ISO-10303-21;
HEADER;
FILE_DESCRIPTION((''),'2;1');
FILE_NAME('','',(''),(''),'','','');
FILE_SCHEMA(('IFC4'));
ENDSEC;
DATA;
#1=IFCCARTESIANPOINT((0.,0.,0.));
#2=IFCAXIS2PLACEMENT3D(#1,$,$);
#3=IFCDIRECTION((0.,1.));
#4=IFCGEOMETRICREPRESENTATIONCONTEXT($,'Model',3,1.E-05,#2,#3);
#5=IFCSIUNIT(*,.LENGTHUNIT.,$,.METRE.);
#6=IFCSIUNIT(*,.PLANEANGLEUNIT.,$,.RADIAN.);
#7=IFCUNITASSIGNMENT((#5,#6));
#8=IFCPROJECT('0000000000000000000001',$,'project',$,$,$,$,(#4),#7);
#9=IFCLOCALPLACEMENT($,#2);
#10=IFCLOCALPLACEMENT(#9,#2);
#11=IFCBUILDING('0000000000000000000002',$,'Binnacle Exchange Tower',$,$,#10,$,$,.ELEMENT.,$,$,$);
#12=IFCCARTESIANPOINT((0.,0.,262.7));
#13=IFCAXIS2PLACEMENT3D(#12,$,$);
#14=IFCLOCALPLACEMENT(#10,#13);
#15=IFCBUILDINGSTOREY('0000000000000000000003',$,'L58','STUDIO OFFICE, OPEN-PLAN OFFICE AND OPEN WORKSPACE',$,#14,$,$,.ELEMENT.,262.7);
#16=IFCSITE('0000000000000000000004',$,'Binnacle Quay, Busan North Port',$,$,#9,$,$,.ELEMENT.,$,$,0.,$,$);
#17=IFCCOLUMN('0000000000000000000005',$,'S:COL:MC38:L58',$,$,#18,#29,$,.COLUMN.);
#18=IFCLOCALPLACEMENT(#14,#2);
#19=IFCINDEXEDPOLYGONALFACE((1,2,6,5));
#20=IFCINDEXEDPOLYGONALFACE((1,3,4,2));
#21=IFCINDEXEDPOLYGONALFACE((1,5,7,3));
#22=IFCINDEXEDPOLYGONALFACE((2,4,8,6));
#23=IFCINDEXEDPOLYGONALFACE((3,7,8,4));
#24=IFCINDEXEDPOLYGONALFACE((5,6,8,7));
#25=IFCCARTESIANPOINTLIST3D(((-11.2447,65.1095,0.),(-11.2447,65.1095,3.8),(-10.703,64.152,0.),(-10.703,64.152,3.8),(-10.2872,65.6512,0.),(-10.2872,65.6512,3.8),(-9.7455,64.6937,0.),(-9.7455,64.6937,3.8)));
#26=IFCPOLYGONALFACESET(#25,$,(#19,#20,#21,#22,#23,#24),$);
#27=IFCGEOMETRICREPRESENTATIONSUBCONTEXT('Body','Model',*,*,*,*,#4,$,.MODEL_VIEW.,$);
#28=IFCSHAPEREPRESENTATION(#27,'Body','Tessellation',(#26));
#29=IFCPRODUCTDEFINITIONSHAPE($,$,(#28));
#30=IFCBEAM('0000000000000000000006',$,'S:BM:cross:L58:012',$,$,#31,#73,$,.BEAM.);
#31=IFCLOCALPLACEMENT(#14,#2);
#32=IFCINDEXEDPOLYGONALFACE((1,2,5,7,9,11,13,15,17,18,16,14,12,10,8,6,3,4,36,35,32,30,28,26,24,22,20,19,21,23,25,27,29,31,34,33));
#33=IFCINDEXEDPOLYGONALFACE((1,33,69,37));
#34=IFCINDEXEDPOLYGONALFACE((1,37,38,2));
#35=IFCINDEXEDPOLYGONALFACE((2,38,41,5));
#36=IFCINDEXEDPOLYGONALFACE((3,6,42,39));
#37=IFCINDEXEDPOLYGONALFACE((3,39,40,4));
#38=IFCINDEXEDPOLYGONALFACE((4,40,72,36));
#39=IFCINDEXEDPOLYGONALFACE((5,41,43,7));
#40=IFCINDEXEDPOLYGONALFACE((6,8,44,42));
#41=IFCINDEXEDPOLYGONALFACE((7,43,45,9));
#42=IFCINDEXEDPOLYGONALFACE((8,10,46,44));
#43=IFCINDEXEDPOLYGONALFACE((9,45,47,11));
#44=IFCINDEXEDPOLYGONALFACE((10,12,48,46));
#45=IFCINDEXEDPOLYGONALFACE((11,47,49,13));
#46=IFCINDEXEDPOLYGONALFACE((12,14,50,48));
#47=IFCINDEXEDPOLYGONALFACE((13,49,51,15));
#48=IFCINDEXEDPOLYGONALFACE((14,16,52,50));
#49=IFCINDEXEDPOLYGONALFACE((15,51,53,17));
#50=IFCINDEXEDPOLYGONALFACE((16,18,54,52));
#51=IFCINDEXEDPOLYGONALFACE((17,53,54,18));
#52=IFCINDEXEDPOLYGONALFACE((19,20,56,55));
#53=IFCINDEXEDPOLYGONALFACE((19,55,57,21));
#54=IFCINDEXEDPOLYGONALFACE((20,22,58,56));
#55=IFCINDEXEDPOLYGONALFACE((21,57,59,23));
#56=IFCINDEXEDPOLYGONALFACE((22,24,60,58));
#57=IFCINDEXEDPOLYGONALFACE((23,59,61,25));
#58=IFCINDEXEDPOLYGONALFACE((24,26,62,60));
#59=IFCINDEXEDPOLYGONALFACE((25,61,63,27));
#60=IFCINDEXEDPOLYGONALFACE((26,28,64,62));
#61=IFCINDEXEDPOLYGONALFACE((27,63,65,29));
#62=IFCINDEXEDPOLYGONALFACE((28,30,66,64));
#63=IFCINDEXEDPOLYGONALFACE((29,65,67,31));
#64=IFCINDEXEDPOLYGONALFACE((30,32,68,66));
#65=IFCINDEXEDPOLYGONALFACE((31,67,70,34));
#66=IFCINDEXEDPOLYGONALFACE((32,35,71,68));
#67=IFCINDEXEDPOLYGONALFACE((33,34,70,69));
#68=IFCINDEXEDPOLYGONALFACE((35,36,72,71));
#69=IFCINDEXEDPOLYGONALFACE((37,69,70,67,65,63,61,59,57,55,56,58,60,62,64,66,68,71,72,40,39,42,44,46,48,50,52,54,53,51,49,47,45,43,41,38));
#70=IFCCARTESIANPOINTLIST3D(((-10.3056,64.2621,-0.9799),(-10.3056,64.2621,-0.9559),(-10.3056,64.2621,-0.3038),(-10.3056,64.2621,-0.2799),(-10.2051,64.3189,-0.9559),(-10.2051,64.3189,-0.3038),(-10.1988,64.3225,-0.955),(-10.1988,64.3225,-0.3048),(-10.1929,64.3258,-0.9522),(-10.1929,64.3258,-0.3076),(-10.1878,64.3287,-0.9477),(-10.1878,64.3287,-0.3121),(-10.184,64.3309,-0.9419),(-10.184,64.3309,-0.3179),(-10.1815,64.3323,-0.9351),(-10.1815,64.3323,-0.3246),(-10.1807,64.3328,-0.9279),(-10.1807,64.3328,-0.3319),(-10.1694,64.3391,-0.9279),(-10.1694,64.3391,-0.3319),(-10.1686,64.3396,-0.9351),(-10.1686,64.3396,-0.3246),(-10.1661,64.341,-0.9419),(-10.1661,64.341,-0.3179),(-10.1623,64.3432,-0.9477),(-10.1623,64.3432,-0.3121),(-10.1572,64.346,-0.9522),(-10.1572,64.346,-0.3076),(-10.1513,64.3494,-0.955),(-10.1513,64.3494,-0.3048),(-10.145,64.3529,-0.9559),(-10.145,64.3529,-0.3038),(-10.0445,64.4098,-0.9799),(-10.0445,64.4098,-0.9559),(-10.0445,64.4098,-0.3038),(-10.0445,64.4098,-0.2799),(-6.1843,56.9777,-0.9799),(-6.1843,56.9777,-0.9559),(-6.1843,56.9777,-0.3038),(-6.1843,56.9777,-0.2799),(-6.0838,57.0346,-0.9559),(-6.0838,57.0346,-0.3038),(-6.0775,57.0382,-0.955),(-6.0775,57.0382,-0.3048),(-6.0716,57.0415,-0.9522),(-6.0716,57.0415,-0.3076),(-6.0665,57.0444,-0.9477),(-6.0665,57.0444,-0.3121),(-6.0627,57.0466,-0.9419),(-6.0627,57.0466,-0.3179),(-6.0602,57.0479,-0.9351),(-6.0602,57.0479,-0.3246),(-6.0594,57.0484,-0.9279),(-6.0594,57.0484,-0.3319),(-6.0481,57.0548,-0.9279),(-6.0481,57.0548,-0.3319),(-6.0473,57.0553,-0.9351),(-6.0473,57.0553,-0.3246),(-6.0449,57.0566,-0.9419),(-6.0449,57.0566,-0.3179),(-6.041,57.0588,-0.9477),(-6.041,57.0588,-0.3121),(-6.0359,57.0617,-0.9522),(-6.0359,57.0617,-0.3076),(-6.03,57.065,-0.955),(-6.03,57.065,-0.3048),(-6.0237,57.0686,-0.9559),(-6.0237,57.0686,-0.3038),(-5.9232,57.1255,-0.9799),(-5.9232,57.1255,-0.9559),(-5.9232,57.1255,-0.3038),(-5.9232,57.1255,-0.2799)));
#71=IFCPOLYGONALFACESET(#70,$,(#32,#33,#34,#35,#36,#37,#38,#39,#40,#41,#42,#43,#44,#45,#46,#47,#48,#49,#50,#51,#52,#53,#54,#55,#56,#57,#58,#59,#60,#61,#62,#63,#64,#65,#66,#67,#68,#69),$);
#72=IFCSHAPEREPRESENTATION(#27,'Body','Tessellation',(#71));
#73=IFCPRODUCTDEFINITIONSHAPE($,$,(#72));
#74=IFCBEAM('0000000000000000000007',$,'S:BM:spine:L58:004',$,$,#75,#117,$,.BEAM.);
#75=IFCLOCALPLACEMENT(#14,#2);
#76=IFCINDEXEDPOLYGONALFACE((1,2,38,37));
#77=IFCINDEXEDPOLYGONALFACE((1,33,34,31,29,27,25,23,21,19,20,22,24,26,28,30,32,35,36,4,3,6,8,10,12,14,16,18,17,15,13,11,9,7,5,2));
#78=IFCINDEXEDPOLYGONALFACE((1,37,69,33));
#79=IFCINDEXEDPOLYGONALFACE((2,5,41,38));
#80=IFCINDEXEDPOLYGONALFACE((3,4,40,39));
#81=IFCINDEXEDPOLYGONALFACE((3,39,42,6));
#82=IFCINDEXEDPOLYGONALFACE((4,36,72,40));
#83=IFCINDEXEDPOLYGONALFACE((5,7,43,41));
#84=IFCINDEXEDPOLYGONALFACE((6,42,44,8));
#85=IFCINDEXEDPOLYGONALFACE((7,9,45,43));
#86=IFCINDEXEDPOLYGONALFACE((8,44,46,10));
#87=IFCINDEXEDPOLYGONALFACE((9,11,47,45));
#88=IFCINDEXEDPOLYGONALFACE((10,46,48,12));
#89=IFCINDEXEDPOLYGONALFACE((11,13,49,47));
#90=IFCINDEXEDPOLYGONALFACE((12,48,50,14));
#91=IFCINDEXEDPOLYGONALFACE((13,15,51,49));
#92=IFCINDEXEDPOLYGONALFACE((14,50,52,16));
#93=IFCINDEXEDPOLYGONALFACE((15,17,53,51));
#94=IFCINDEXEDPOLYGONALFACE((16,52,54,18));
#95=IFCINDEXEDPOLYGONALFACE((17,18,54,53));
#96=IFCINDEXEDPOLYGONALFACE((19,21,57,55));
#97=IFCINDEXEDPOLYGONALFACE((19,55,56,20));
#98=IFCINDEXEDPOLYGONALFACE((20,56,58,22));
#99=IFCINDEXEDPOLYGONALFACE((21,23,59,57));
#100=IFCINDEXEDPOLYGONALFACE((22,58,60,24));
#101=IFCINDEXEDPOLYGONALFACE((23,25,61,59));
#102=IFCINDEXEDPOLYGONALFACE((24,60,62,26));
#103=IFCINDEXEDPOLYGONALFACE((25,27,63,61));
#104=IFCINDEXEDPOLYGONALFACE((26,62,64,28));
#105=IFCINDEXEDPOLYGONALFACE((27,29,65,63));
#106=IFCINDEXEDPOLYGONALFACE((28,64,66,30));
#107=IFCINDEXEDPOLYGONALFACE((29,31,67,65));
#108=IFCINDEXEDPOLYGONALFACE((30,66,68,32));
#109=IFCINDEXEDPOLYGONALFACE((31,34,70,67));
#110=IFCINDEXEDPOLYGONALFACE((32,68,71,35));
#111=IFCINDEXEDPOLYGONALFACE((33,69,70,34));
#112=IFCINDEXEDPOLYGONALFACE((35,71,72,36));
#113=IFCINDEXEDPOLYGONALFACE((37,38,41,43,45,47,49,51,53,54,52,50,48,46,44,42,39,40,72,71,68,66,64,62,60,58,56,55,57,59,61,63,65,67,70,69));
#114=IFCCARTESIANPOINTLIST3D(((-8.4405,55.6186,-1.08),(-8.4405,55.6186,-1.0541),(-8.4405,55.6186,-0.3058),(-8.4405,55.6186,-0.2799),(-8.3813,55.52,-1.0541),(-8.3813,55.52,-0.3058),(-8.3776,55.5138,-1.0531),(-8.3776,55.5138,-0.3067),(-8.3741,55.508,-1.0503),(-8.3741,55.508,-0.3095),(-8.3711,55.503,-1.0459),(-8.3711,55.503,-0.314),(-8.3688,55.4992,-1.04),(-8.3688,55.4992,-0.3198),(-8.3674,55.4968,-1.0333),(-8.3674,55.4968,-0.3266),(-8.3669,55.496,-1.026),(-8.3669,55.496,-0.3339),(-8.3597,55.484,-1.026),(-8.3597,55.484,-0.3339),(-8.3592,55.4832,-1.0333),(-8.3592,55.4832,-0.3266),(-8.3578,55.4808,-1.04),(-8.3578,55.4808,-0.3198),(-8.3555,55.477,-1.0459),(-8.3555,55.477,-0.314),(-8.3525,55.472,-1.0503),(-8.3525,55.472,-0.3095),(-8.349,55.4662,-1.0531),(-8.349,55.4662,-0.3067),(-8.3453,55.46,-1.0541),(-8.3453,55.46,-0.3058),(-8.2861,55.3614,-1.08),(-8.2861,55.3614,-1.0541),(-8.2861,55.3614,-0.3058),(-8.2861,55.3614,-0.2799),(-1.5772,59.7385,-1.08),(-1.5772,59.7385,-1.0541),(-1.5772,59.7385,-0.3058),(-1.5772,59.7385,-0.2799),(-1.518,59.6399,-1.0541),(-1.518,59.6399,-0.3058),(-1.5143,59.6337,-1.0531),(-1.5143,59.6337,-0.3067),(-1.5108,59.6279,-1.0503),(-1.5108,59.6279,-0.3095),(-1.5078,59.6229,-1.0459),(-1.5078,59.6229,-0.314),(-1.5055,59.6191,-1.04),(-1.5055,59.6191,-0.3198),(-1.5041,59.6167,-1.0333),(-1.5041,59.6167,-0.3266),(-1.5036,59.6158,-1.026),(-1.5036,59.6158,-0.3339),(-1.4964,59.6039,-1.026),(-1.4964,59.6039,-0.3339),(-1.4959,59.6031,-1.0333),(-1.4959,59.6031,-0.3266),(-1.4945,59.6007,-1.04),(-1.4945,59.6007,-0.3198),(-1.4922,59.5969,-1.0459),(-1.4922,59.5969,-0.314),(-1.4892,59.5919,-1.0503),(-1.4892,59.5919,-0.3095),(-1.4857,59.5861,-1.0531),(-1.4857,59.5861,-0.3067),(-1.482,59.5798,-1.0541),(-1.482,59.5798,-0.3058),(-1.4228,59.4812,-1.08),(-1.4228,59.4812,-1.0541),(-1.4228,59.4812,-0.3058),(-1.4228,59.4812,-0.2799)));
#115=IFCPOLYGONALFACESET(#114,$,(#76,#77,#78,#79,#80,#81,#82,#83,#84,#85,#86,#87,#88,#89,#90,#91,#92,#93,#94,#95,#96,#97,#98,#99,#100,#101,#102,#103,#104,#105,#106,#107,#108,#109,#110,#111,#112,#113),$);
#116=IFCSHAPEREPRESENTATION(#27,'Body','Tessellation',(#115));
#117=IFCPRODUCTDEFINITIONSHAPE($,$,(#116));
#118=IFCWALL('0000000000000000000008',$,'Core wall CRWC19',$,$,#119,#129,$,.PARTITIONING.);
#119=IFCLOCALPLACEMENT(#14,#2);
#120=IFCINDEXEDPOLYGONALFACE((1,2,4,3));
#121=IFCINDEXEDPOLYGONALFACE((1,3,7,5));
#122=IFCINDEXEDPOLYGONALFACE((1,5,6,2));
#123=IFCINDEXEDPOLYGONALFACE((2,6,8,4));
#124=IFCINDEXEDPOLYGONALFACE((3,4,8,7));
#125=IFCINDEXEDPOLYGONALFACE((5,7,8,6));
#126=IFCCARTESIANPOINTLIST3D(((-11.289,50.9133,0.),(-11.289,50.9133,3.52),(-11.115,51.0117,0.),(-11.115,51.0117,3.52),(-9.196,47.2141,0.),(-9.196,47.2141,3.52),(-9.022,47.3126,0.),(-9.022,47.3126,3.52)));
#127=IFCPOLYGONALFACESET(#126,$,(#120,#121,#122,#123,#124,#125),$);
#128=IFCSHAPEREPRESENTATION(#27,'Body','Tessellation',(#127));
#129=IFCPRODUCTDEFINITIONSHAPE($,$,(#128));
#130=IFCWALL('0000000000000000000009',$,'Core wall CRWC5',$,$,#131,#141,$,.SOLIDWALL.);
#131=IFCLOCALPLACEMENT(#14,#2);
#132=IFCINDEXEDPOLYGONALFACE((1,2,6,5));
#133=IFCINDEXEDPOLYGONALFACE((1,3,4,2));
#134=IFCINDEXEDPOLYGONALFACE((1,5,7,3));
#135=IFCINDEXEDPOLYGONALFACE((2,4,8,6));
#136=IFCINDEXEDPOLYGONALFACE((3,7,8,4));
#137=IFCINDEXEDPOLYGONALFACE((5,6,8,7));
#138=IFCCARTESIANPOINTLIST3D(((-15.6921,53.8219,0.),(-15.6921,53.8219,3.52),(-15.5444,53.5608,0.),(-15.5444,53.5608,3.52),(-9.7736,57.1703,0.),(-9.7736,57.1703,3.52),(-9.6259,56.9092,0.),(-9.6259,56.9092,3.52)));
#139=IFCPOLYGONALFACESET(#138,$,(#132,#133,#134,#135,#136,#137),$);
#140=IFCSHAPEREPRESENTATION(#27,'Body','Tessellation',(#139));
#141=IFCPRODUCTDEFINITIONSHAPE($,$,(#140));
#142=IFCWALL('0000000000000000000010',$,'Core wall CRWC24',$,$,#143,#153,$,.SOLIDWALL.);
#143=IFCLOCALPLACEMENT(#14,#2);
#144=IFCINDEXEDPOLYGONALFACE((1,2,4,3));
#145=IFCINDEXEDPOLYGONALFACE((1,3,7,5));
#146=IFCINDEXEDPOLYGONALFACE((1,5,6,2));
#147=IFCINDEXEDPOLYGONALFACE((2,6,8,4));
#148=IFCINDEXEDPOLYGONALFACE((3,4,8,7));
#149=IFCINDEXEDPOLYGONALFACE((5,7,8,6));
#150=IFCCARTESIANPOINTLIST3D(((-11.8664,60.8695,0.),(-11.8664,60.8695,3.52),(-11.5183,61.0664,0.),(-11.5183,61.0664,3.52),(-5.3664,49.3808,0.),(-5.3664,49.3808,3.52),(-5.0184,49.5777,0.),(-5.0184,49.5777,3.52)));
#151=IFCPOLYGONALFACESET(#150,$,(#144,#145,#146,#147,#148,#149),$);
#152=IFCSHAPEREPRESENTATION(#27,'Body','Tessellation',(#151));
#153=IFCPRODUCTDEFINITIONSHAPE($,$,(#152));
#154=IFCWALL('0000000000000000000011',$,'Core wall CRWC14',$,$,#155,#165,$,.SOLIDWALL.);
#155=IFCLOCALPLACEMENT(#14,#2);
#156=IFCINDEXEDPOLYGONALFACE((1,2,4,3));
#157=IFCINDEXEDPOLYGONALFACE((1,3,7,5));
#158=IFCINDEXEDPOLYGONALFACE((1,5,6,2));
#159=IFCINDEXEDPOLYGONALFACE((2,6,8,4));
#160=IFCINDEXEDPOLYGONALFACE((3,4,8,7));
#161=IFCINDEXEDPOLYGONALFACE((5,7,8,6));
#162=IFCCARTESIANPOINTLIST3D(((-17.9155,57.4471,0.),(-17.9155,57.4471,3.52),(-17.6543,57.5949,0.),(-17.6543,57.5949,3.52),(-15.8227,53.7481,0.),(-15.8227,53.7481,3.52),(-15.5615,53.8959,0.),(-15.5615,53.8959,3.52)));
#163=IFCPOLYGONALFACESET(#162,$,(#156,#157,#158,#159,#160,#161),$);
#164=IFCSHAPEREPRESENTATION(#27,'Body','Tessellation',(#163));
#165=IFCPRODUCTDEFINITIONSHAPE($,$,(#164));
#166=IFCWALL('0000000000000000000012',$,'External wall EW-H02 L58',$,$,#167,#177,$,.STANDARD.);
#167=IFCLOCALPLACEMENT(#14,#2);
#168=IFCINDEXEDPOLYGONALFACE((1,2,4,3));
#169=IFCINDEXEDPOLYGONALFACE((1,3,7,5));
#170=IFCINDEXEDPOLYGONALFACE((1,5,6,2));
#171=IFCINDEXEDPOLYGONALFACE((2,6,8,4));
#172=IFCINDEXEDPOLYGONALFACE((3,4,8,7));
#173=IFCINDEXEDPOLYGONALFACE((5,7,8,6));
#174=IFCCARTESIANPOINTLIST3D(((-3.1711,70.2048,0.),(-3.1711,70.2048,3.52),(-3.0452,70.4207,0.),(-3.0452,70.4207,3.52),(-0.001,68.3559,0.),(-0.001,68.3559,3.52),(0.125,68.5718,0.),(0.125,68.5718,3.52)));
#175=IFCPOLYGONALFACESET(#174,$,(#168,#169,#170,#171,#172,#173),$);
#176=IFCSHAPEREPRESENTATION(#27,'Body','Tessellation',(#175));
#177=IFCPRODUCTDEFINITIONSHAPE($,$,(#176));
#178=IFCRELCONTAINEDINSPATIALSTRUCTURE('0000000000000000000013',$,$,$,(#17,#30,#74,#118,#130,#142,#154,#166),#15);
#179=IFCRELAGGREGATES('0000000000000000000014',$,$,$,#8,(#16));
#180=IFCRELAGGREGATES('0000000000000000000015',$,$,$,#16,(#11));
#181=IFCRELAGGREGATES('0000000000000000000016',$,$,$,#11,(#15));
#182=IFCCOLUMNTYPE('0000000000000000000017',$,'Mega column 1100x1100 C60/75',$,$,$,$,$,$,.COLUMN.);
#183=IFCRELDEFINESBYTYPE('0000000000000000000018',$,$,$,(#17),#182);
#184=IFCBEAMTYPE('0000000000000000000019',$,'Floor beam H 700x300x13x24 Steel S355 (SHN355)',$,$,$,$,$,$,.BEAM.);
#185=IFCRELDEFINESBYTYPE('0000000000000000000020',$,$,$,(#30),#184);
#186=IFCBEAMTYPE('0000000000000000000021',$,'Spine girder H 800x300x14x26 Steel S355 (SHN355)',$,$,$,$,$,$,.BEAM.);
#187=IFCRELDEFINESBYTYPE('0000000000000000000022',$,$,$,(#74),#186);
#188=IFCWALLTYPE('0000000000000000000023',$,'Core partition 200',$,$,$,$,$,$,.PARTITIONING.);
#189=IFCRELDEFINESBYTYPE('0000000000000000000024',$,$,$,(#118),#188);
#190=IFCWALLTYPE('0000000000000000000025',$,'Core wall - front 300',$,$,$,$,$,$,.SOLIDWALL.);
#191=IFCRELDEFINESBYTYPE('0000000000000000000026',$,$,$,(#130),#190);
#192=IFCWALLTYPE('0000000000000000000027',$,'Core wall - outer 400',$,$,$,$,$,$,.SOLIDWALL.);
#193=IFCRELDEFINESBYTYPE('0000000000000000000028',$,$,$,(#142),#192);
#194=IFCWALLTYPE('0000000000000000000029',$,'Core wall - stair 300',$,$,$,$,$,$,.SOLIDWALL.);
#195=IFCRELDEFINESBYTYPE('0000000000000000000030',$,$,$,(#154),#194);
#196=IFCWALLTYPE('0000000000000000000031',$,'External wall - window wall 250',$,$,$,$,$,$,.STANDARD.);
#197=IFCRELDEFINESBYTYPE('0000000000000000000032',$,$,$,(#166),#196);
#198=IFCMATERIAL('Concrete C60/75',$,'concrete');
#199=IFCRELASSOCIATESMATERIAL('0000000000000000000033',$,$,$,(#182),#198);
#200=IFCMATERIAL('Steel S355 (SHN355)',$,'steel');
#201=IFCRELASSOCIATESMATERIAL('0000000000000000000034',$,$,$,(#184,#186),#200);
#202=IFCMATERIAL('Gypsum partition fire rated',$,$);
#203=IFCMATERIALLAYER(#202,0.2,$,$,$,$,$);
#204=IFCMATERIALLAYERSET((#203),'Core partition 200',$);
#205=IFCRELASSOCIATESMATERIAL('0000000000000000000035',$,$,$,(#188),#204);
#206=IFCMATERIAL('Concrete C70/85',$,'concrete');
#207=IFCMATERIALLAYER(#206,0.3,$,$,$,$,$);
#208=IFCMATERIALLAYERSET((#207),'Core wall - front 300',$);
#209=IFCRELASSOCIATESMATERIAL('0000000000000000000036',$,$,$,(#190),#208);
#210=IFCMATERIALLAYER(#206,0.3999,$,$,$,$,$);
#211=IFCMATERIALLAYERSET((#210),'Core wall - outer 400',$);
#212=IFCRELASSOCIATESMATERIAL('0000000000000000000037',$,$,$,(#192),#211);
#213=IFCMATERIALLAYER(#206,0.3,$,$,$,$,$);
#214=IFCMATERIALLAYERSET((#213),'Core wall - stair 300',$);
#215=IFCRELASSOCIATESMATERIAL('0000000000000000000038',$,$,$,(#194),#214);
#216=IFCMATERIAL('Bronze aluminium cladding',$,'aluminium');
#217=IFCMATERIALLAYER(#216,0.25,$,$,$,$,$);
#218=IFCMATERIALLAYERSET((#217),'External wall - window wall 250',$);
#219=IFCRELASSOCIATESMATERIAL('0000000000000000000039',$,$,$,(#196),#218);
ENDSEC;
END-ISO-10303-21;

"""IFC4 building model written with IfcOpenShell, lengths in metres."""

from ifc_helpers import new_model, si_unit, direction, frame, frame_2d, origin, origin_2d, place, context, subcontext, project, spatial, rectangle, i_section, extrude, material, layer, layer_set, material_profile, profile_set, type_object, element, save


model = new_model("IFC4")

# Units and contexts
model_context = context("Model", 3, precision=1e-05, world=origin(), true_north=direction((0.0, 1.0)))
body_context = subcontext(model_context, "Body", "Model", "MODEL_VIEW")
ifc_project = project(units=[si_unit("LENGTHUNIT", "METRE"), si_unit("PLANEANGLEUNIT", "RADIAN")], contexts=[model_context])

# Site, building, storey
site_placement = place(None, origin())
site = spatial("IfcSite", under=ifc_project, at=site_placement, Name="Binnacle Quay, Busan North Port", CompositionType="ELEMENT", RefElevation=0.0)
building_placement = place(site_placement, origin())
building = spatial("IfcBuilding", under=site, at=building_placement, Name="Binnacle Exchange Tower", CompositionType="ELEMENT")
storey_placement = place(building_placement, frame((0.0, 0.0, 262.7)))
storey = spatial("IfcBuildingStorey", under=building, at=storey_placement, Name="L58", Description="STUDIO OFFICE, OPEN-PLAN OFFICE AND OPEN WORKSPACE", CompositionType="ELEMENT", Elevation=262.7)

# Column
ifc_material_1 = material(Name="Concrete C60/75", Category="concrete")
ifc_material_profile_1 = material_profile(ifc_material_1, rectangle(XDim=1.1001, YDim=1.1001, at=origin_2d()), Name="Mega column 1100x1100 C60/75")
ifc_profile_set_1 = profile_set([ifc_material_profile_1], Name="Concrete C60/75")
column_type = type_object("IfcColumnType", Name="Mega column 1100x1100 C60/75", PredefinedType="COLUMN", material=ifc_profile_set_1)
column_placement = place(storey_placement, frame((-10.4951, 64.9016, 0.0), z_axis=(0.0, 0.0, 1.0), x_axis=(-0.870356, -0.492424, 0.0)))
element("IfcColumn", 1, at=column_placement, inside=storey, type_object=column_type, Name="S:COL:MC38:L58", PredefinedType="COLUMN", context=body_context, shape_type="SweptSolid", body=[
    extrude(rectangle(XDim=1.1001, YDim=1.1001, at=origin_2d()), origin(), (0.0, 0.0, 1.0), 3.8),
])

# Beams
ifc_material_2 = material(Name="Steel S355 (SHN355)", Category="steel")
ifc_material_profile_2 = material_profile(ifc_material_2, i_section(OverallWidth=0.3, OverallDepth=0.7, WebThickness=0.0129, FlangeThickness=0.0239, FilletRadius=0.0281, at=origin_2d()), Name="H 700x300x13x24")
ifc_profile_set_2 = profile_set([ifc_material_profile_2], Name="Steel S355 (SHN355)")
beam_type_1 = type_object("IfcBeamType", Name="Floor beam H 700x300x13x24 Steel S355 (SHN355)", PredefinedType="BEAM", material=ifc_profile_set_2)
beam_1_placement = place(storey_placement, frame((-10.175, 64.3359, -0.6299), z_axis=(0.492424, -0.870355, 0.0), x_axis=(0.870355, 0.492424, 0.0)))
element("IfcBeam", 2, at=beam_1_placement, inside=storey, type_object=beam_type_1, Name="S:BM:cross:L58:012", PredefinedType="BEAM", context=body_context, shape_type="SweptSolid", body=[
    extrude(i_section(OverallWidth=0.3, OverallDepth=0.7, WebThickness=0.0129, FlangeThickness=0.0239, FilletRadius=0.0281, at=origin_2d()), origin(), (0.0, 0.0, 1.0), 8.3694),
])
ifc_material_profile_3 = material_profile(ifc_material_2, i_section(OverallWidth=0.3, OverallDepth=0.8, WebThickness=0.0139, FlangeThickness=0.0259, FilletRadius=0.0281, at=origin_2d()), Name="H 800x300x14x26")
ifc_profile_set_3 = profile_set([ifc_material_profile_3], Name="Steel S355 (SHN355)")
beam_type_2 = type_object("IfcBeamType", Name="Spine girder H 800x300x14x26 Steel S355 (SHN355)", PredefinedType="BEAM", material=ifc_profile_set_3)
beam_2_placement = place(storey_placement, frame((-8.3633, 55.49, -0.6799), z_axis=(0.857388, 0.514671, 0.0), x_axis=(-0.514671, 0.857388, 0.0)))
element("IfcBeam", 3, at=beam_2_placement, inside=storey, type_object=beam_type_2, Name="S:BM:spine:L58:004", PredefinedType="BEAM", context=body_context, shape_type="SweptSolid", body=[
    extrude(i_section(OverallWidth=0.3, OverallDepth=0.8, WebThickness=0.0139, FlangeThickness=0.0259, FilletRadius=0.0281, at=origin_2d()), origin(), (0.0, 0.0, 1.0), 8.0049),
])

# Walls
ifc_material_3 = material(Name="Gypsum partition fire rated")
ifc_layer_1 = layer(ifc_material_3, 0.2)
ifc_layer_set_1 = layer_set([ifc_layer_1], Name="Core partition 200")
wall_type_1 = type_object("IfcWallType", Name="Core partition 200", PredefinedType="PARTITIONING", material=ifc_layer_set_1)
wall_1_placement = place(storey_placement, frame((-11.2019, 50.9624, 0.0), z_axis=(0.0, 0.0, 1.0), x_axis=(0.492441, -0.870346, 0.0)))
element("IfcWall", 4, at=wall_1_placement, inside=storey, type_object=wall_type_1, Name="Core wall CRWC19", PredefinedType="PARTITIONING", context=body_context, shape_type="SweptSolid", body=[
    extrude(rectangle(XDim=4.2502, YDim=0.2, at=frame_2d((2.125, 0.0))), origin(), (0.0, 0.0, 1.0), 3.52),
])
ifc_material_4 = material(Name="Concrete C70/85", Category="concrete")
ifc_layer_2 = layer(ifc_material_4, 0.3)
ifc_layer_set_2 = layer_set([ifc_layer_2], Name="Core wall - front 300")
wall_type_2 = type_object("IfcWallType", Name="Core wall - front 300", PredefinedType="SOLIDWALL", material=ifc_layer_set_2)
wall_2_placement = place(storey_placement, frame((-15.6182, 53.6914, 0.0), z_axis=(0.0, 0.0, 1.0), x_axis=(0.870363, 0.492411, 0.0)))
element("IfcWall", 5, at=wall_2_placement, inside=storey, type_object=wall_type_2, Name="Core wall CRWC5", PredefinedType="SOLIDWALL", context=body_context, shape_type="SweptSolid", body=[
    extrude(rectangle(XDim=6.8, YDim=0.3, at=frame_2d((3.3999, 0.0))), origin(), (0.0, 0.0, 1.0), 3.52),
])
ifc_layer_3 = layer(ifc_material_4, 0.3999)
ifc_layer_set_3 = layer_set([ifc_layer_3], Name="Core wall - outer 400")
wall_type_3 = type_object("IfcWallType", Name="Core wall - outer 400", PredefinedType="SOLIDWALL", material=ifc_layer_set_3)
wall_3_placement = place(storey_placement, frame((-11.6924, 60.968, 0.0), z_axis=(0.0, 0.0, 1.0), x_axis=(0.492422, -0.870357, 0.0)))
element("IfcWall", 6, at=wall_3_placement, inside=storey, type_object=wall_type_3, Name="Core wall CRWC24", PredefinedType="SOLIDWALL", context=body_context, shape_type="SweptSolid", body=[
    extrude(rectangle(XDim=13.2, YDim=0.3999, at=frame_2d((6.6001, 0.0))), origin(), (0.0, 0.0, 1.0), 3.52),
])
ifc_layer_4 = layer(ifc_material_4, 0.3)
ifc_layer_set_4 = layer_set([ifc_layer_4], Name="Core wall - stair 300")
wall_type_4 = type_object("IfcWallType", Name="Core wall - stair 300", PredefinedType="SOLIDWALL", material=ifc_layer_set_4)
wall_4_placement = place(storey_placement, frame((-17.7849, 57.521, 0.0), z_axis=(0.0, 0.0, 1.0), x_axis=(0.492423, -0.870356, 0.0)))
element("IfcWall", 7, at=wall_4_placement, inside=storey, type_object=wall_type_4, Name="Core wall CRWC14", PredefinedType="SOLIDWALL", context=body_context, shape_type="SweptSolid", body=[
    extrude(rectangle(XDim=4.25, YDim=0.3, at=frame_2d((2.125, 0.0))), origin(), (0.0, 0.0, 1.0), 3.52),
])
ifc_material_5 = material(Name="Bronze aluminium cladding", Category="aluminium")
ifc_layer_5 = layer(ifc_material_5, 0.25)
ifc_layer_set_5 = layer_set([ifc_layer_5], Name="External wall - window wall 250")
wall_type_5 = type_object("IfcWallType", Name="External wall - window wall 250", PredefinedType="STANDARD", material=ifc_layer_set_5)
wall_5_placement = place(storey_placement, frame((-3.1082, 70.3127, 0.0), z_axis=(0.0, 0.0, 1.0), x_axis=(0.863825, -0.503792, 0.0)))
element("IfcWall", 8, at=wall_5_placement, inside=storey, type_object=wall_type_5, Name="External wall EW-H02 L58", PredefinedType="STANDARD", context=body_context, shape_type="SweptSolid", body=[
    extrude(rectangle(XDim=3.6699, YDim=0.25, at=frame_2d((1.835, 0.0))), origin(), (0.0, 0.0, 1.0), 3.52),
])

save(model, "model.ifc")
